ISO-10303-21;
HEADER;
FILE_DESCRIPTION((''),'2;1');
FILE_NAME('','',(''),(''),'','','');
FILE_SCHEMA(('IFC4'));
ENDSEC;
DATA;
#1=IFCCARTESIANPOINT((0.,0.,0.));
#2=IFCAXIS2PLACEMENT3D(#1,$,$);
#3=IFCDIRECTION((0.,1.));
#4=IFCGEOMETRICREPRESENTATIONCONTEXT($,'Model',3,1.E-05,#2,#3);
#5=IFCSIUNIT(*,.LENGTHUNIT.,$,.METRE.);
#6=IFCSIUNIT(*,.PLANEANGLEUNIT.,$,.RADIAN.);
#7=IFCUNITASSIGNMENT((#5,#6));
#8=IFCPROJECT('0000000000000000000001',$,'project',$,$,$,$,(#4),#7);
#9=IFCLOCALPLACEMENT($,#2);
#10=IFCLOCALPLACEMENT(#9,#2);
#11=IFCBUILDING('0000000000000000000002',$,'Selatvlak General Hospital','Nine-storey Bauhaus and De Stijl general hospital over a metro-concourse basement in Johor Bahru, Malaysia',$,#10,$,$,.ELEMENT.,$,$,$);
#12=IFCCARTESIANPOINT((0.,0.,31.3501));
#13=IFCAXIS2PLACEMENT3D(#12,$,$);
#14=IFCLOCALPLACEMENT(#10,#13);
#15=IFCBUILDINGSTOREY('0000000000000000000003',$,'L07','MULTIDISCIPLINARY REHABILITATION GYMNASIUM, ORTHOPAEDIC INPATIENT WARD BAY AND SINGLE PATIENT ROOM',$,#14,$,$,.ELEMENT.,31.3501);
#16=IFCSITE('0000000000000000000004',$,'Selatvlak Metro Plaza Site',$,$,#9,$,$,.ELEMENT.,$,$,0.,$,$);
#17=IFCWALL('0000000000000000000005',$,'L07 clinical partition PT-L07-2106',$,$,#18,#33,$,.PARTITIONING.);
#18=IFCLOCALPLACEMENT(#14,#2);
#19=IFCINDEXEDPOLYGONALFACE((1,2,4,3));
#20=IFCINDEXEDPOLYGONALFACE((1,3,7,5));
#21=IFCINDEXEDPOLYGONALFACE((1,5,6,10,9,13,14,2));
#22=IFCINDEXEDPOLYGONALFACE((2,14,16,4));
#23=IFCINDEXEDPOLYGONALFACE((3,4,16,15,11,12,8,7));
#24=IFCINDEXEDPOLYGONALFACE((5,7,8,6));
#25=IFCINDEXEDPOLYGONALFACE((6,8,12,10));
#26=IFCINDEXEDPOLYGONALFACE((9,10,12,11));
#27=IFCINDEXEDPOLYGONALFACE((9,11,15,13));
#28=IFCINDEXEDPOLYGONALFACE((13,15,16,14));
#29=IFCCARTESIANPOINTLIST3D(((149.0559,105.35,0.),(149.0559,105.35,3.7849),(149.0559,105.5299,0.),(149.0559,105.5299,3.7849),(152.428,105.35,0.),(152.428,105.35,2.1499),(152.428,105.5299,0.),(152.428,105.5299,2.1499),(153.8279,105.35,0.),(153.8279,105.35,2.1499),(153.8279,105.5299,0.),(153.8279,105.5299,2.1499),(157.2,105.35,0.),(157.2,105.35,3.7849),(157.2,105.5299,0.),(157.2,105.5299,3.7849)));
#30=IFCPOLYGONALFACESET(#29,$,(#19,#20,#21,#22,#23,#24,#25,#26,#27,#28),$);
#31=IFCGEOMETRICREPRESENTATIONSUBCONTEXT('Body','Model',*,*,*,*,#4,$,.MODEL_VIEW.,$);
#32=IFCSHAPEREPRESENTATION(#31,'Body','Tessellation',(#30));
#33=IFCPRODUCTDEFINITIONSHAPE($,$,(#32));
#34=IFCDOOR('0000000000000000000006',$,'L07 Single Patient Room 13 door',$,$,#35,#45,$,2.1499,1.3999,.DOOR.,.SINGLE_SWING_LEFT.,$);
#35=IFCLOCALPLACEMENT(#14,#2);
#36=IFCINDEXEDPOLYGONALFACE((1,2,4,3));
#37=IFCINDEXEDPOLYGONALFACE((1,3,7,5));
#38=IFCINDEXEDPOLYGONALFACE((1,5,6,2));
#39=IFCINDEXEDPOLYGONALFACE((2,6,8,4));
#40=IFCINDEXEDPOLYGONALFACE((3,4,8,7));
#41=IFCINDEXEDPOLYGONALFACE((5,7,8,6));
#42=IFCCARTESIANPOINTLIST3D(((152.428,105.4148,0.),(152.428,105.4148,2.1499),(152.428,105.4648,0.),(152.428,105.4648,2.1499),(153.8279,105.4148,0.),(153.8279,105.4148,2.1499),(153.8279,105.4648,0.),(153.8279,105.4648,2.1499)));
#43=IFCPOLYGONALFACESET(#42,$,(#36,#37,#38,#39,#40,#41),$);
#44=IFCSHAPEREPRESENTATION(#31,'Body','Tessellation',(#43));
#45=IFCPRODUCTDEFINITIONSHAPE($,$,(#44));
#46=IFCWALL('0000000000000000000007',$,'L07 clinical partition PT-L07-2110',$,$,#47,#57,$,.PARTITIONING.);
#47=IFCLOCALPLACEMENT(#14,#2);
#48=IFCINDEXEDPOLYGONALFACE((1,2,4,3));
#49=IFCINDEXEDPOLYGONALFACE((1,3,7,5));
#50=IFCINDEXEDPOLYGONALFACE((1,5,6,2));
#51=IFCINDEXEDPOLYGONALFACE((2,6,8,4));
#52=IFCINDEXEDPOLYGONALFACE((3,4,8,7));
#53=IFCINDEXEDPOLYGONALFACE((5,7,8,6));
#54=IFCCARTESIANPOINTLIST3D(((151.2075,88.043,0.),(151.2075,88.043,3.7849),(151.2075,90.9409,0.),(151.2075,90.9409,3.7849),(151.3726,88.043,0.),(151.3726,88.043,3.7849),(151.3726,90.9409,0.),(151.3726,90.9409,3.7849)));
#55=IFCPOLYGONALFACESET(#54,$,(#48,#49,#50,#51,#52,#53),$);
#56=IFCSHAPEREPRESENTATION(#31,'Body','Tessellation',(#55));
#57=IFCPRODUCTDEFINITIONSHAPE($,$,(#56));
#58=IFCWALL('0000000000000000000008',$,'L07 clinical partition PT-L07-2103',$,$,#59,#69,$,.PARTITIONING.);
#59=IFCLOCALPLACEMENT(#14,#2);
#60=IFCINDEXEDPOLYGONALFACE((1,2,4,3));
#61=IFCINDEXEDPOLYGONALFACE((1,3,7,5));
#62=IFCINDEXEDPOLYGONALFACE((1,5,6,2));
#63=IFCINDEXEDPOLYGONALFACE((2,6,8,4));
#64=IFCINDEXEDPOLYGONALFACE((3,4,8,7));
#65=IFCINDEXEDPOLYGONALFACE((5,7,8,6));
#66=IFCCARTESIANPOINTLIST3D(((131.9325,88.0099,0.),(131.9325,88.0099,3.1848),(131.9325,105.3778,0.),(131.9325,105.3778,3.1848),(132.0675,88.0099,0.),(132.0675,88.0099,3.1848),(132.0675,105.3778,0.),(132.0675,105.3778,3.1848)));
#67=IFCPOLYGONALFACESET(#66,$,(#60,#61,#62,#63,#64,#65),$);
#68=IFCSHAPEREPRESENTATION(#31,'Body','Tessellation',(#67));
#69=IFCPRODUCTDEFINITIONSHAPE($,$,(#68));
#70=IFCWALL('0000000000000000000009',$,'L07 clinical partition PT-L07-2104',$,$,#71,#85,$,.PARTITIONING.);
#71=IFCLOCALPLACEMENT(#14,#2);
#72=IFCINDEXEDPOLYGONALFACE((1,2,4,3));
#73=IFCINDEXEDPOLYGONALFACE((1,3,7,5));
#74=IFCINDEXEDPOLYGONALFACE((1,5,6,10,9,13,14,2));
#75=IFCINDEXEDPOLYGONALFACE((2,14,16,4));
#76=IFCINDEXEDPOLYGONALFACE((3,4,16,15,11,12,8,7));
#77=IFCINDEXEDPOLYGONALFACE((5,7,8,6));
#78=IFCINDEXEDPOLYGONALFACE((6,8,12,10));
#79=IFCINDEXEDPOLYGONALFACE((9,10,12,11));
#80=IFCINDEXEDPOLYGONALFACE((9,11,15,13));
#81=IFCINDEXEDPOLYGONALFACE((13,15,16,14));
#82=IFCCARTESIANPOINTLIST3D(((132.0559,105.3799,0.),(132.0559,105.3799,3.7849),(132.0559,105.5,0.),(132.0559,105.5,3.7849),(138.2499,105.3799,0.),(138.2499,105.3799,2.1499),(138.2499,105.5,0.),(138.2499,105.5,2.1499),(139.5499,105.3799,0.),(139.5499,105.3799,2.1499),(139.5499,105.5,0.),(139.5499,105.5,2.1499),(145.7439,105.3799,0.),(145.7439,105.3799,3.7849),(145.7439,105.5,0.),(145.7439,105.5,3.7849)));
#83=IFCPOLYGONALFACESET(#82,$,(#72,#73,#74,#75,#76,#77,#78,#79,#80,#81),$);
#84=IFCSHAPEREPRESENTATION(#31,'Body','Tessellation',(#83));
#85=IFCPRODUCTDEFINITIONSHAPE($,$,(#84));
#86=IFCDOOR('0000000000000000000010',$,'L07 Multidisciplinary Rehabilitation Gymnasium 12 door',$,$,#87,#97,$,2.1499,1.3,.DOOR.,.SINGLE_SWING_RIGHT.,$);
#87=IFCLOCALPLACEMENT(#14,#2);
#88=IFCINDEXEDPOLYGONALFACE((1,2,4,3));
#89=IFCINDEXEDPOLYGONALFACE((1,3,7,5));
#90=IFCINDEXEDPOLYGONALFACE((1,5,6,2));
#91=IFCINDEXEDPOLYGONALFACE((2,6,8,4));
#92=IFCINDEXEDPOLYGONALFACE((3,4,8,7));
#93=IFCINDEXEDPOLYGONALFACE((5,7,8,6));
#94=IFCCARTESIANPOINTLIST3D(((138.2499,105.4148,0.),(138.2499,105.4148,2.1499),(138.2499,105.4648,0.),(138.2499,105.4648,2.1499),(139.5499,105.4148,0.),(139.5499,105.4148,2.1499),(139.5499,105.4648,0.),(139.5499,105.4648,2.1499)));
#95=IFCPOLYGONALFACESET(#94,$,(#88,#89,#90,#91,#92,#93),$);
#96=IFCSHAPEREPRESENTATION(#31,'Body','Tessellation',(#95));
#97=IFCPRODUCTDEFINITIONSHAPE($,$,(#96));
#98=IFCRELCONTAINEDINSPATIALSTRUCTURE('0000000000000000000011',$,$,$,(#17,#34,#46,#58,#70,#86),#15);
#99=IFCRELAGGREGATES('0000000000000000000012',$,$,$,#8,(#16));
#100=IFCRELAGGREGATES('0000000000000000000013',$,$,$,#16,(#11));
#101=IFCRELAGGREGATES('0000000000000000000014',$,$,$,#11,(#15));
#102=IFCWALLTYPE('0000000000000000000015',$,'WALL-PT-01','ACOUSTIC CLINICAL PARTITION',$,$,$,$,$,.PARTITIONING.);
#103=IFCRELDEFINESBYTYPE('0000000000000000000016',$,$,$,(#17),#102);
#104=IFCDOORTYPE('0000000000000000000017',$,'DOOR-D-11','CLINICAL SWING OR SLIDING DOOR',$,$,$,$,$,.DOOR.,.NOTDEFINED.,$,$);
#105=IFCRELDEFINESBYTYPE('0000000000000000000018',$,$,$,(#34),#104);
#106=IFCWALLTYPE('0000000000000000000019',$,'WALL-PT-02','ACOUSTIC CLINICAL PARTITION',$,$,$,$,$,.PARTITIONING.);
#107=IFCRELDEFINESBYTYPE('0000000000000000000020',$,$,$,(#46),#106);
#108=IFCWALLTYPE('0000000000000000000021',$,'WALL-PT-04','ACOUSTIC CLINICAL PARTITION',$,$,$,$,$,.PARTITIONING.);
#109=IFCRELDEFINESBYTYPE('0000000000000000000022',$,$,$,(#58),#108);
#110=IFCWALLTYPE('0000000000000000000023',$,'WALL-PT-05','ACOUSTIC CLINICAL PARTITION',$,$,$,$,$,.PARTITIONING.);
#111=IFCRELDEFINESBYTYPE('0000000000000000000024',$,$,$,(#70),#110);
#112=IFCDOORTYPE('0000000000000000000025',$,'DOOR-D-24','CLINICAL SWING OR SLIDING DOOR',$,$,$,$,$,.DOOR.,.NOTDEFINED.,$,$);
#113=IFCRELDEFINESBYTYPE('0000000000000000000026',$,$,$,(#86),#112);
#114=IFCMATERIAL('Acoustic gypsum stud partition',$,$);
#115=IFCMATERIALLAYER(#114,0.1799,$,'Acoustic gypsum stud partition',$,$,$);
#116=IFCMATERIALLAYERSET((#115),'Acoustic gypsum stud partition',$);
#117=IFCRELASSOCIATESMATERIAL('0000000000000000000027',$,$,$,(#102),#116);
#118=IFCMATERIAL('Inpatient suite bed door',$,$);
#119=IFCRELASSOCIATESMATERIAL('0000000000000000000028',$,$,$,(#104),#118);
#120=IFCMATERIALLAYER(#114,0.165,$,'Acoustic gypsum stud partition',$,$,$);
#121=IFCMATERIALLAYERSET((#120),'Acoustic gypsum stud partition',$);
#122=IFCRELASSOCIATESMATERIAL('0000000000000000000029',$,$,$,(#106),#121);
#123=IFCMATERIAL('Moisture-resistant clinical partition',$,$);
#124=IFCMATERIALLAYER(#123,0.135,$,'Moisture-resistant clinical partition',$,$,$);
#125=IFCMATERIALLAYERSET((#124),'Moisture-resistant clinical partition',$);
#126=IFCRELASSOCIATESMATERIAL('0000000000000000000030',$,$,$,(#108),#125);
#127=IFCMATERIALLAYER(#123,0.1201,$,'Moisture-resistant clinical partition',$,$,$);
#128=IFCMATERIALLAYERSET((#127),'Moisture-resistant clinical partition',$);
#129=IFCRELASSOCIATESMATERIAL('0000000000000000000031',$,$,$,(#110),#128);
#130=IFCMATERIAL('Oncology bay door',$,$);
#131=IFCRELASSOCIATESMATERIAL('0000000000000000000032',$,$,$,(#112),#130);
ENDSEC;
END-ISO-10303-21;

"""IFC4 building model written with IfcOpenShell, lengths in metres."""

from ifc_helpers import new_model, si_unit, direction, frame, frame_2d, origin, place, context, subcontext, project, spatial, rectangle, extrude, material, layer, layer_set, type_object, element, fill, save


model = new_model("IFC4")

# Units and contexts
model_context = context("Model", 3, precision=1e-05, world=origin(), true_north=direction((0.0, 1.0)))
body_context = subcontext(model_context, "Body", "Model", "MODEL_VIEW")
ifc_project = project(units=[si_unit("LENGTHUNIT", "METRE"), si_unit("PLANEANGLEUNIT", "RADIAN")], contexts=[model_context])

# Site, building, storey
site_placement = place(None, origin())
site = spatial("IfcSite", under=ifc_project, at=site_placement, Name="Selatvlak Metro Plaza Site", CompositionType="ELEMENT", RefElevation=0.0)
building_placement = place(site_placement, origin())
building = spatial("IfcBuilding", under=site, at=building_placement, Name="Selatvlak General Hospital", Description="Nine-storey Bauhaus and De Stijl general hospital over a metro-concourse basement in Johor Bahru, Malaysia", CompositionType="ELEMENT")
storey_placement = place(building_placement, frame((0.0, 0.0, 31.3501)))
storey = spatial("IfcBuildingStorey", under=building, at=storey_placement, Name="L07", Description="MULTIDISCIPLINARY REHABILITATION GYMNASIUM, ORTHOPAEDIC INPATIENT WARD BAY AND SINGLE PATIENT ROOM", CompositionType="ELEMENT", Elevation=31.3501)

# Shared definitions
ifc_material_1 = material(Name="Acoustic gypsum stud partition")
ifc_layer_1 = layer(ifc_material_1, 0.1799, Name="Acoustic gypsum stud partition")
ifc_layer_set_1 = layer_set([ifc_layer_1], Name="Acoustic gypsum stud partition")
wall_type_1 = type_object("IfcWallType", Name="WALL-PT-01", Description="ACOUSTIC CLINICAL PARTITION", PredefinedType="PARTITIONING", material=ifc_layer_set_1)

# Wall, opening, door
wall_1_placement = place(storey_placement, frame((149.0559, 105.4399, 0.0), z_axis=(0.0, 0.0, 1.0), x_axis=(1.0, 0.0, 0.0)))
wall_1 = element("IfcWall", 1, at=wall_1_placement, inside=storey, type_object=wall_type_1, Name="L07 clinical partition PT-L07-2106", PredefinedType="PARTITIONING", context=body_context, shape_type="SweptSolid", body=[
    extrude(rectangle(XDim=8.144, YDim=0.1799, at=frame_2d((4.072, 0.0))), origin(), (0.0, 0.0, 1.0), 3.7849),
])
opening_1_placement = place(wall_1_placement, frame((3.3721, 0.0, 0.0)))
opening_1 = element("IfcOpeningElement", 2, at=opening_1_placement, cuts=wall_1, PredefinedType="OPENING", context=body_context, shape_type="SweptSolid", body=[
    extrude(rectangle(XDim=1.3999, YDim=2.1499, at=frame_2d((0.7, 1.075))), frame((0.0, 0.0999, 0.0), z_axis=(0.0, -1.0, 0.0), x_axis=(1.0, 0.0, 0.0)), (0.0, 0.0, 1.0), 0.2),
])
ifc_material_2 = material(Name="Inpatient suite bed door")
door_type_1 = type_object("IfcDoorType", Name="DOOR-D-11", Description="CLINICAL SWING OR SLIDING DOOR", OperationType="NOTDEFINED", PredefinedType="DOOR", material=ifc_material_2)
door_1_placement = place(opening_1_placement, origin())
door_1 = element("IfcDoor", 3, at=door_1_placement, inside=storey, type_object=door_type_1, Name="L07 Single Patient Room 13 door", OperationType="SINGLE_SWING_LEFT", OverallHeight=2.1499, OverallWidth=1.3999, PredefinedType="DOOR", context=body_context, shape_type="SweptSolid", body=[
    extrude(rectangle(XDim=1.3999, YDim=2.1499, at=frame_2d((0.7, 1.075))), frame((0.0, 0.0249, 0.0), z_axis=(0.0, -1.0, 0.0), x_axis=(1.0, 0.0, 0.0)), (0.0, 0.0, 1.0), 0.05),
])
fill(opening_1, door_1)

# Walls
ifc_layer_2 = layer(ifc_material_1, 0.165, Name="Acoustic gypsum stud partition")
ifc_layer_set_2 = layer_set([ifc_layer_2], Name="Acoustic gypsum stud partition")
wall_type_2 = type_object("IfcWallType", Name="WALL-PT-02", Description="ACOUSTIC CLINICAL PARTITION", PredefinedType="PARTITIONING", material=ifc_layer_set_2)
wall_2_placement = place(storey_placement, frame((151.29, 90.9409, 0.0), z_axis=(0.0, 0.0, 1.0), x_axis=(0.0, -1.0, 0.0)))
element("IfcWall", 4, at=wall_2_placement, inside=storey, type_object=wall_type_2, Name="L07 clinical partition PT-L07-2110", PredefinedType="PARTITIONING", context=body_context, shape_type="SweptSolid", body=[
    extrude(rectangle(XDim=2.8979, YDim=0.165, at=frame_2d((1.449, 0.0))), origin(), (0.0, 0.0, 1.0), 3.7849),
])
ifc_material_3 = material(Name="Moisture-resistant clinical partition")
ifc_layer_3 = layer(ifc_material_3, 0.135, Name="Moisture-resistant clinical partition")
ifc_layer_set_3 = layer_set([ifc_layer_3], Name="Moisture-resistant clinical partition")
wall_type_3 = type_object("IfcWallType", Name="WALL-PT-04", Description="ACOUSTIC CLINICAL PARTITION", PredefinedType="PARTITIONING", material=ifc_layer_set_3)
wall_3_placement = place(storey_placement, frame((132.0, 105.3779, 0.0), z_axis=(0.0, 0.0, 1.0), x_axis=(0.0, -1.0, 0.0)))
element("IfcWall", 5, at=wall_3_placement, inside=storey, type_object=wall_type_3, Name="L07 clinical partition PT-L07-2103", PredefinedType="PARTITIONING", context=body_context, shape_type="SweptSolid", body=[
    extrude(rectangle(XDim=17.3679, YDim=0.135, at=frame_2d((8.6841, 0.0))), origin(), (0.0, 0.0, 1.0), 3.1848),
])

# Wall, opening, door
ifc_layer_4 = layer(ifc_material_3, 0.1201, Name="Moisture-resistant clinical partition")
ifc_layer_set_4 = layer_set([ifc_layer_4], Name="Moisture-resistant clinical partition")
wall_type_4 = type_object("IfcWallType", Name="WALL-PT-05", Description="ACOUSTIC CLINICAL PARTITION", PredefinedType="PARTITIONING", material=ifc_layer_set_4)
wall_4_placement = place(storey_placement, frame((132.0559, 105.4399, 0.0), z_axis=(0.0, 0.0, 1.0), x_axis=(1.0, 0.0, 0.0)))
wall_4 = element("IfcWall", 6, at=wall_4_placement, inside=storey, type_object=wall_type_4, Name="L07 clinical partition PT-L07-2104", PredefinedType="PARTITIONING", context=body_context, shape_type="SweptSolid", body=[
    extrude(rectangle(XDim=13.688, YDim=0.1201, at=frame_2d((6.844, 0.0))), origin(), (0.0, 0.0, 1.0), 3.7849),
])
opening_2_placement = place(wall_4_placement, frame((6.1941, 0.0, 0.0)))
opening_2 = element("IfcOpeningElement", 7, at=opening_2_placement, cuts=wall_4, PredefinedType="OPENING", context=body_context, shape_type="SweptSolid", body=[
    extrude(rectangle(XDim=1.3, YDim=2.1499, at=frame_2d((0.6499, 1.075))), frame((0.0, 0.0701, 0.0), z_axis=(0.0, -1.0, 0.0), x_axis=(1.0, 0.0, 0.0)), (0.0, 0.0, 1.0), 0.1401),
])
ifc_material_4 = material(Name="Oncology bay door")
door_type_2 = type_object("IfcDoorType", Name="DOOR-D-24", Description="CLINICAL SWING OR SLIDING DOOR", OperationType="NOTDEFINED", PredefinedType="DOOR", material=ifc_material_4)
door_2_placement = place(opening_2_placement, origin())
door_2 = element("IfcDoor", 8, at=door_2_placement, inside=storey, type_object=door_type_2, Name="L07 Multidisciplinary Rehabilitation Gymnasium 12 door", OperationType="SINGLE_SWING_RIGHT", OverallHeight=2.1499, OverallWidth=1.3, PredefinedType="DOOR", context=body_context, shape_type="SweptSolid", body=[
    extrude(rectangle(XDim=1.3, YDim=2.1499, at=frame_2d((0.6499, 1.075))), frame((0.0, 0.0249, 0.0), z_axis=(0.0, -1.0, 0.0), x_axis=(1.0, 0.0, 0.0)), (0.0, 0.0, 1.0), 0.05),
])
fill(opening_2, door_2)

save(model, "model.ifc")
